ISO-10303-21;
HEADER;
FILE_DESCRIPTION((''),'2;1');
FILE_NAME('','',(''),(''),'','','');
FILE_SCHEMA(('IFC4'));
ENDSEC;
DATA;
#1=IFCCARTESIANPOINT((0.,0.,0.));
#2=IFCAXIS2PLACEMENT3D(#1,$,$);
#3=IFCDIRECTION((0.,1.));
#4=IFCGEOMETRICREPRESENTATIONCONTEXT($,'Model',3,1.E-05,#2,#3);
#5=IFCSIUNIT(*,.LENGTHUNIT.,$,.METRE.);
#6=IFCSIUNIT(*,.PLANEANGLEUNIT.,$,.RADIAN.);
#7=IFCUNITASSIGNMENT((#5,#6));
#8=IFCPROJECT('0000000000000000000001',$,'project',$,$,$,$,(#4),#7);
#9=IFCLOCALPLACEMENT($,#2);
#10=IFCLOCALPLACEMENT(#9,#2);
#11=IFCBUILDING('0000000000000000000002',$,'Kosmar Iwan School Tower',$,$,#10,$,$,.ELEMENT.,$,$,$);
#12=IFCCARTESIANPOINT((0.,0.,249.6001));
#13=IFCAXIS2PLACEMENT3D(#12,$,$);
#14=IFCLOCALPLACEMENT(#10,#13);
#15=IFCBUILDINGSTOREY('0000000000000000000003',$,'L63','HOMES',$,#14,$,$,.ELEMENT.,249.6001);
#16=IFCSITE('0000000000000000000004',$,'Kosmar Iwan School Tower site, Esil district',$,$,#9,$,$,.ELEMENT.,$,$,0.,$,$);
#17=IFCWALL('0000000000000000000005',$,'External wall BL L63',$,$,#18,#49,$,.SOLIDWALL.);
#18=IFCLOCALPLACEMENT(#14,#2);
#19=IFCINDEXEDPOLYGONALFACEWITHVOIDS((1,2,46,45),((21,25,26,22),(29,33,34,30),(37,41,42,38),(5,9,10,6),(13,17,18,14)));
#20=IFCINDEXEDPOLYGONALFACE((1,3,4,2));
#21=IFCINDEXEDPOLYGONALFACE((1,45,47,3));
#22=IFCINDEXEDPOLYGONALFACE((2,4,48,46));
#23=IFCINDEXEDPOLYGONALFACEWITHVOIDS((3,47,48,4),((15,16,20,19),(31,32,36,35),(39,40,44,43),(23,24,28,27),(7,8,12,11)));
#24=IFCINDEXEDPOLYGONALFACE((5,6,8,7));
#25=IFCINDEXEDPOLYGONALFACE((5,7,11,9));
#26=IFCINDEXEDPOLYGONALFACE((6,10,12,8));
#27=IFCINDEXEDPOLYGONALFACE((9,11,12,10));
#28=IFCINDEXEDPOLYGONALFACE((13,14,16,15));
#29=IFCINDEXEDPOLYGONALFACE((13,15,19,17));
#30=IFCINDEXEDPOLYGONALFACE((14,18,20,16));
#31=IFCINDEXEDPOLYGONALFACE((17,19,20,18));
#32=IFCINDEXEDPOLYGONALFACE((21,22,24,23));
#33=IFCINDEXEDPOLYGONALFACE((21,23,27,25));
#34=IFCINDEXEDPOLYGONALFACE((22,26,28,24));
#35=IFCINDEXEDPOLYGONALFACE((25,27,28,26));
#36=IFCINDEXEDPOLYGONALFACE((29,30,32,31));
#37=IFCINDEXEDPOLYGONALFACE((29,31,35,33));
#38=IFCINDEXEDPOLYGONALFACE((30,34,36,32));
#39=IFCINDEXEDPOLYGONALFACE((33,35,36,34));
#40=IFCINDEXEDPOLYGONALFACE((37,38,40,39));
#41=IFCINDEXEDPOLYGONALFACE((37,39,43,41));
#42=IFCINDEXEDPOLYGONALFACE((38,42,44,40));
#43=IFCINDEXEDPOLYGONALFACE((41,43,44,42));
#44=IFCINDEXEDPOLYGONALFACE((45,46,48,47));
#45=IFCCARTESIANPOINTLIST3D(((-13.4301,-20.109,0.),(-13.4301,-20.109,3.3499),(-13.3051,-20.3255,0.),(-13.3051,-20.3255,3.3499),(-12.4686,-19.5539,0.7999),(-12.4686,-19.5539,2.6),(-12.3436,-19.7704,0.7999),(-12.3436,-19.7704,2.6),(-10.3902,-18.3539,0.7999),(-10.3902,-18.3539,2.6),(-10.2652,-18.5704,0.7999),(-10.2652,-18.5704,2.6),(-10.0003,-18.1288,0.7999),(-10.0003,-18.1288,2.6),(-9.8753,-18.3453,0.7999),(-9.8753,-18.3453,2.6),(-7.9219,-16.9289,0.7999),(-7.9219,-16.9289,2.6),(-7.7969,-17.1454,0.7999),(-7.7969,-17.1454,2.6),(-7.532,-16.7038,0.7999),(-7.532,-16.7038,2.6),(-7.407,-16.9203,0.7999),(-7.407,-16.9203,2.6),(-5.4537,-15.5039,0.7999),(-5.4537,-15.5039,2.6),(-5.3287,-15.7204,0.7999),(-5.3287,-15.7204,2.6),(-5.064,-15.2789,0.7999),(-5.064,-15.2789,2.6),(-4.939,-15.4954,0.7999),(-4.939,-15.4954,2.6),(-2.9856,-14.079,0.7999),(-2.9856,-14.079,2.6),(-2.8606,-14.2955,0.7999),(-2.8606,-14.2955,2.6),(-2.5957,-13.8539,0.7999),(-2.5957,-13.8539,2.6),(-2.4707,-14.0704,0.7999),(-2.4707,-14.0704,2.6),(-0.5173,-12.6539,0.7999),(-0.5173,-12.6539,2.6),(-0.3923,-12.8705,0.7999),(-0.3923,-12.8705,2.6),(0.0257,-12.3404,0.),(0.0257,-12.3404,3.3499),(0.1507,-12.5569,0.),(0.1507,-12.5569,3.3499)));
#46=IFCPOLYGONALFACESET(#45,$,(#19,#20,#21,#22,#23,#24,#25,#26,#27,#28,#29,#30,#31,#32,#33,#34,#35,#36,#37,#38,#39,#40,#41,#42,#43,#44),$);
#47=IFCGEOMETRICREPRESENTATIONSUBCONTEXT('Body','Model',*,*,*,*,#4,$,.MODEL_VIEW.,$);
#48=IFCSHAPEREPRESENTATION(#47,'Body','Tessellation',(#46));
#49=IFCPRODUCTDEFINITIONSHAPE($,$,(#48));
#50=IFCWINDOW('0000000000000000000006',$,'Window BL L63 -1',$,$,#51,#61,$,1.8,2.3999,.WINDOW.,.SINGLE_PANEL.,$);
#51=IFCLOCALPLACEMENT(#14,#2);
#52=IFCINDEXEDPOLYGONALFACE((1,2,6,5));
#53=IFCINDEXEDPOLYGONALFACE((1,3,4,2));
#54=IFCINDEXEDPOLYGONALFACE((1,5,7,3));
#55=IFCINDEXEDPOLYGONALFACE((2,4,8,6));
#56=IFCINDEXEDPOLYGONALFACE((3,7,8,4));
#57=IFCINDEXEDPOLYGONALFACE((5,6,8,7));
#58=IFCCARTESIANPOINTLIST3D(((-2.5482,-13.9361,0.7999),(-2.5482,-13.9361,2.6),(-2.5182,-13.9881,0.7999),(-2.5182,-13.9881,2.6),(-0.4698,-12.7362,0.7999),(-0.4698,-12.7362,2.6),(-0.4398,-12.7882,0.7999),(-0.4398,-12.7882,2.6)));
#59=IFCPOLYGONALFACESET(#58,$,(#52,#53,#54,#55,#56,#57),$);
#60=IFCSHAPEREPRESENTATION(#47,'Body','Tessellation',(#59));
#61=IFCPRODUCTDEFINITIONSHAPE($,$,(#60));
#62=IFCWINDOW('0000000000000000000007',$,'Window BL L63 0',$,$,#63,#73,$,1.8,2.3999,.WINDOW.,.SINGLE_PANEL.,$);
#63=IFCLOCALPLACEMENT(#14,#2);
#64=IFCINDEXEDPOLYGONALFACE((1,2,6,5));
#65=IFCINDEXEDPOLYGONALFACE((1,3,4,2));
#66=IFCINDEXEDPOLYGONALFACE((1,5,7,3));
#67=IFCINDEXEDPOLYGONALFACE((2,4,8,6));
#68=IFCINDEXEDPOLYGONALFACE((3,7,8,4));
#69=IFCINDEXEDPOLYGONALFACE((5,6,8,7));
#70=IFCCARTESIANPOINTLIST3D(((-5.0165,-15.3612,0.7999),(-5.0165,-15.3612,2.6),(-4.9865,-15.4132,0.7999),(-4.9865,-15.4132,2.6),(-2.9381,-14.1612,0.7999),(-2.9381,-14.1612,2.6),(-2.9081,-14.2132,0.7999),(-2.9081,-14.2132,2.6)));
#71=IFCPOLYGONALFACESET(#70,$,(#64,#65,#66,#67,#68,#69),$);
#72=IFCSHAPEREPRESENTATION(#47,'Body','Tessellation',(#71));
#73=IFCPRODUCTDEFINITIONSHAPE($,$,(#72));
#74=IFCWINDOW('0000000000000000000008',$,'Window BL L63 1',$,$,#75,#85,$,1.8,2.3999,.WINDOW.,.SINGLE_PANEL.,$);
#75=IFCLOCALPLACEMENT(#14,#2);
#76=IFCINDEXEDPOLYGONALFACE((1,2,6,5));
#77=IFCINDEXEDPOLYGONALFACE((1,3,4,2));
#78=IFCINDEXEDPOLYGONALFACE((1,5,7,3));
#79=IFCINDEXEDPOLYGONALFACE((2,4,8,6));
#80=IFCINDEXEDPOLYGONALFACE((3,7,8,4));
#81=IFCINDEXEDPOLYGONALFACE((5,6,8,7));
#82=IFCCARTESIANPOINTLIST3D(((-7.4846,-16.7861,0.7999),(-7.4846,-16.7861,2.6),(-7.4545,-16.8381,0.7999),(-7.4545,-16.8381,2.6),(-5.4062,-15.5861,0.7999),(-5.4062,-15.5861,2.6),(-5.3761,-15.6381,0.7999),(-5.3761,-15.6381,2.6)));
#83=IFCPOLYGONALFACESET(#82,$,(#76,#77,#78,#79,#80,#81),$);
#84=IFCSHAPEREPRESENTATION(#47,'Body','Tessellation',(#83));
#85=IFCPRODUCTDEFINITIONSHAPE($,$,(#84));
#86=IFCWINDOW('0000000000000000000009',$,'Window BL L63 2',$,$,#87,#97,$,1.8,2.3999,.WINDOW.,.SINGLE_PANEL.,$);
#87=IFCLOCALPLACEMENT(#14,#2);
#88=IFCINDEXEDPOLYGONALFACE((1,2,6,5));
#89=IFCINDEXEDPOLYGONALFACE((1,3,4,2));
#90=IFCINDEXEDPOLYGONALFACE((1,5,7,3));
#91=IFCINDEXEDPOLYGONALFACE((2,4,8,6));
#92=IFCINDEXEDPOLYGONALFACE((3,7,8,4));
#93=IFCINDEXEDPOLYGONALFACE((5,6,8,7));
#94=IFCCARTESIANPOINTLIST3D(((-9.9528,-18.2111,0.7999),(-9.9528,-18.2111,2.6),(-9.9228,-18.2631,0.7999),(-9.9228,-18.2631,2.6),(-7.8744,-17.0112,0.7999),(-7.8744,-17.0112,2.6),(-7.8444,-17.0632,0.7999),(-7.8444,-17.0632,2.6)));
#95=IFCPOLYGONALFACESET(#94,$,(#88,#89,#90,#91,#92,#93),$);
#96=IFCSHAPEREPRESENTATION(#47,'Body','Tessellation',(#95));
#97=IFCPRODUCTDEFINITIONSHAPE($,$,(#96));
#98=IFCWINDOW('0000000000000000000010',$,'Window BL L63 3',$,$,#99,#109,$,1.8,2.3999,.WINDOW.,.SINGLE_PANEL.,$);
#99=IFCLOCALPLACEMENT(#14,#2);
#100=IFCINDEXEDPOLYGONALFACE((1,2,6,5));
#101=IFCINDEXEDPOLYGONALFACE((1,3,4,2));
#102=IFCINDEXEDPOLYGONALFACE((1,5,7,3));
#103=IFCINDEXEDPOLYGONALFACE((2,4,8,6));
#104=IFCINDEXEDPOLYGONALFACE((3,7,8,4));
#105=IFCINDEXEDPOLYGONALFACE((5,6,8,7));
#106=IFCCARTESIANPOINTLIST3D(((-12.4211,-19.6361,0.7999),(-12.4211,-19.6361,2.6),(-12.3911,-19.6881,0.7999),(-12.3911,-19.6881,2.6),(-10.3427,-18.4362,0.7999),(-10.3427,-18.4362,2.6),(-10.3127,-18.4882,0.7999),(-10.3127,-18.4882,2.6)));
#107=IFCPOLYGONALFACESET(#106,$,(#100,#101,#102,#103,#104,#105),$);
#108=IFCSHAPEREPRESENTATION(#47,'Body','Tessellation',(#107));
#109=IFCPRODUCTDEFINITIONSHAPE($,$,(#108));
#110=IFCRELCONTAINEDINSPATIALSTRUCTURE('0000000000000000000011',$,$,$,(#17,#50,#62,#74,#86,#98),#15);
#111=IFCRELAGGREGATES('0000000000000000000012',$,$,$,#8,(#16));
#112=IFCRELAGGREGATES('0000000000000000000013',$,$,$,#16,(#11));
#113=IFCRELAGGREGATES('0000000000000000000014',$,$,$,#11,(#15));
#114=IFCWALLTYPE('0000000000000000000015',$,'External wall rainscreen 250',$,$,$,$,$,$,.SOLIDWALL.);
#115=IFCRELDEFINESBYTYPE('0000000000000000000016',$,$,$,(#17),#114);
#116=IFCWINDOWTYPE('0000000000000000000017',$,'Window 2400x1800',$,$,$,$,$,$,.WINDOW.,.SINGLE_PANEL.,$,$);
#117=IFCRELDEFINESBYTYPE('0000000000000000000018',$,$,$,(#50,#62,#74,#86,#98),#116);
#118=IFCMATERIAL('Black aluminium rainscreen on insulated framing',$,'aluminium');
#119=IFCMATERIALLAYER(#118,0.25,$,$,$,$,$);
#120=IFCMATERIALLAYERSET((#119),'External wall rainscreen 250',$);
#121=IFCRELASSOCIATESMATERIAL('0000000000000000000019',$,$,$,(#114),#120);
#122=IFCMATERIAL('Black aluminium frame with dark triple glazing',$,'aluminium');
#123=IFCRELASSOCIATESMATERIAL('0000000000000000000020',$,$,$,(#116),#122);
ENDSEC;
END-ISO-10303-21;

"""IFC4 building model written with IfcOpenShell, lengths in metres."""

from ifc_helpers import new_model, si_unit, direction, frame, frame_2d, origin, place, context, subcontext, project, spatial, rectangle, extrude, material, layer, layer_set, type_object, element, fill, save


model = new_model("IFC4")

# Units and contexts
model_context = context("Model", 3, precision=1e-05, world=origin(), true_north=direction((0.0, 1.0)))
body_context = subcontext(model_context, "Body", "Model", "MODEL_VIEW")
ifc_project = project(units=[si_unit("LENGTHUNIT", "METRE"), si_unit("PLANEANGLEUNIT", "RADIAN")], contexts=[model_context])

# Site, building, storey
site_placement = place(None, origin())
site = spatial("IfcSite", under=ifc_project, at=site_placement, Name="Kosmar Iwan School Tower site, Esil district", CompositionType="ELEMENT", RefElevation=0.0)
building_placement = place(site_placement, origin())
building = spatial("IfcBuilding", under=site, at=building_placement, Name="Kosmar Iwan School Tower", CompositionType="ELEMENT")
storey_placement = place(building_placement, frame((0.0, 0.0, 249.6001)))
storey = spatial("IfcBuildingStorey", under=building, at=storey_placement, Name="L63", Description="HOMES", CompositionType="ELEMENT", Elevation=249.6001)

# Wall, openings, windows
ifc_material_1 = material(Name="Black aluminium rainscreen on insulated framing", Category="aluminium")
ifc_layer_1 = layer(ifc_material_1, 0.25)
ifc_layer_set_1 = layer_set([ifc_layer_1], Name="External wall rainscreen 250")
wall_type_1 = type_object("IfcWallType", Name="External wall rainscreen 250", PredefinedType="SOLIDWALL", material=ifc_layer_set_1)
wall_1_placement = place(storey_placement, frame((0.0881, -12.4487, 0.0), z_axis=(0.0, 0.0, 1.0), x_axis=(-0.86603, -0.499992, 0.0)))
wall_1 = element("IfcWall", 1, at=wall_1_placement, inside=storey, type_object=wall_type_1, Name="External wall BL L63", PredefinedType="SOLIDWALL", context=body_context, shape_type="SweptSolid", body=[
    extrude(rectangle(XDim=15.5374, YDim=0.25, at=frame_2d((7.7686, 0.0))), origin(), (0.0, 0.0, 1.0), 3.3499),
])
opening_1_placement = place(wall_1_placement, frame((0.627, 0.0, 0.8)))
opening_1 = element("IfcOpeningElement", 2, at=opening_1_placement, cuts=wall_1, PredefinedType="OPENING", context=body_context, shape_type="SweptSolid", body=[
    extrude(rectangle(XDim=2.3999, YDim=1.8, at=frame_2d((1.2, 0.8999))), frame((0.0, 0.137, 0.0), z_axis=(0.0, -1.0, 0.0), x_axis=(1.0, 0.0, 0.0)), (0.0, 0.0, 1.0), 0.2739),
])
opening_2_placement = place(wall_1_placement, frame((3.4771, 0.0, 0.8)))
opening_2 = element("IfcOpeningElement", 3, at=opening_2_placement, cuts=wall_1, PredefinedType="OPENING", context=body_context, shape_type="SweptSolid", body=[
    extrude(rectangle(XDim=2.3999, YDim=1.8, at=frame_2d((1.2, 0.8999))), frame((0.0, 0.137, 0.0), z_axis=(0.0, -1.0, 0.0), x_axis=(1.0, 0.0, 0.0)), (0.0, 0.0, 1.0), 0.2739),
])
opening_3_placement = place(wall_1_placement, frame((6.3269, 0.0, 0.8)))
opening_3 = element("IfcOpeningElement", 4, at=opening_3_placement, cuts=wall_1, PredefinedType="OPENING", context=body_context, shape_type="SweptSolid", body=[
    extrude(rectangle(XDim=2.3999, YDim=1.8, at=frame_2d((1.2, 0.8999))), frame((0.0, 0.137, 0.0), z_axis=(0.0, -1.0, 0.0), x_axis=(1.0, 0.0, 0.0)), (0.0, 0.0, 1.0), 0.2739),
])
opening_4_placement = place(wall_1_placement, frame((9.177, 0.0, 0.8)))
opening_4 = element("IfcOpeningElement", 5, at=opening_4_placement, cuts=wall_1, PredefinedType="OPENING", context=body_context, shape_type="SweptSolid", body=[
    extrude(rectangle(XDim=2.3999, YDim=1.8, at=frame_2d((1.2, 0.8999))), frame((0.0, 0.137, 0.0), z_axis=(0.0, -1.0, 0.0), x_axis=(1.0, 0.0, 0.0)), (0.0, 0.0, 1.0), 0.2739),
])
opening_5_placement = place(wall_1_placement, frame((12.0271, 0.0, 0.8)))
opening_5 = element("IfcOpeningElement", 6, at=opening_5_placement, cuts=wall_1, PredefinedType="OPENING", context=body_context, shape_type="SweptSolid", body=[
    extrude(rectangle(XDim=2.3999, YDim=1.8, at=frame_2d((1.2, 0.8999))), frame((0.0, 0.137, 0.0), z_axis=(0.0, -1.0, 0.0), x_axis=(1.0, 0.0, 0.0)), (0.0, 0.0, 1.0), 0.2739),
])
ifc_material_2 = material(Name="Black aluminium frame with dark triple glazing", Category="aluminium")
window_type = type_object("IfcWindowType", Name="Window 2400x1800", PartitioningType="SINGLE_PANEL", PredefinedType="WINDOW", material=ifc_material_2)
window_1_placement = place(opening_1_placement, origin())
window_1 = element("IfcWindow", 7, at=window_1_placement, inside=storey, type_object=window_type, Name="Window BL L63 -1", OverallHeight=1.8, OverallWidth=2.3999, PartitioningType="SINGLE_PANEL", PredefinedType="WINDOW", context=body_context, shape_type="SweptSolid", body=[
    extrude(rectangle(XDim=2.3999, YDim=1.8, at=frame_2d((1.2, 0.8999))), frame((0.0, 0.03, 0.0), z_axis=(0.0, -1.0, 0.0), x_axis=(1.0, 0.0, 0.0)), (0.0, 0.0, 1.0), 0.0601),
])
fill(opening_1, window_1)
window_2_placement = place(opening_2_placement, origin())
window_2 = element("IfcWindow", 8, at=window_2_placement, inside=storey, type_object=window_type, Name="Window BL L63 0", OverallHeight=1.8, OverallWidth=2.3999, PartitioningType="SINGLE_PANEL", PredefinedType="WINDOW", context=body_context, shape_type="SweptSolid", body=[
    extrude(rectangle(XDim=2.3999, YDim=1.8, at=frame_2d((1.2, 0.8999))), frame((0.0, 0.03, 0.0), z_axis=(0.0, -1.0, 0.0), x_axis=(1.0, 0.0, 0.0)), (0.0, 0.0, 1.0), 0.0601),
])
fill(opening_2, window_2)
window_3_placement = place(opening_3_placement, origin())
window_3 = element("IfcWindow", 9, at=window_3_placement, inside=storey, type_object=window_type, Name="Window BL L63 1", OverallHeight=1.8, OverallWidth=2.3999, PartitioningType="SINGLE_PANEL", PredefinedType="WINDOW", context=body_context, shape_type="SweptSolid", body=[
    extrude(rectangle(XDim=2.3999, YDim=1.8, at=frame_2d((1.2, 0.8999))), frame((0.0, 0.03, 0.0), z_axis=(0.0, -1.0, 0.0), x_axis=(1.0, 0.0, 0.0)), (0.0, 0.0, 1.0), 0.0601),
])
fill(opening_3, window_3)
window_4_placement = place(opening_4_placement, origin())
window_4 = element("IfcWindow", 10, at=window_4_placement, inside=storey, type_object=window_type, Name="Window BL L63 2", OverallHeight=1.8, OverallWidth=2.3999, PartitioningType="SINGLE_PANEL", PredefinedType="WINDOW", context=body_context, shape_type="SweptSolid", body=[
    extrude(rectangle(XDim=2.3999, YDim=1.8, at=frame_2d((1.2, 0.8999))), frame((0.0, 0.03, 0.0), z_axis=(0.0, -1.0, 0.0), x_axis=(1.0, 0.0, 0.0)), (0.0, 0.0, 1.0), 0.0601),
])
fill(opening_4, window_4)
window_5_placement = place(opening_5_placement, origin())
window_5 = element("IfcWindow", 11, at=window_5_placement, inside=storey, type_object=window_type, Name="Window BL L63 3", OverallHeight=1.8, OverallWidth=2.3999, PartitioningType="SINGLE_PANEL", PredefinedType="WINDOW", context=body_context, shape_type="SweptSolid", body=[
    extrude(rectangle(XDim=2.3999, YDim=1.8, at=frame_2d((1.2, 0.8999))), frame((0.0, 0.03, 0.0), z_axis=(0.0, -1.0, 0.0), x_axis=(1.0, 0.0, 0.0)), (0.0, 0.0, 1.0), 0.0601),
])
fill(opening_5, window_5)

save(model, "model.ifc")
